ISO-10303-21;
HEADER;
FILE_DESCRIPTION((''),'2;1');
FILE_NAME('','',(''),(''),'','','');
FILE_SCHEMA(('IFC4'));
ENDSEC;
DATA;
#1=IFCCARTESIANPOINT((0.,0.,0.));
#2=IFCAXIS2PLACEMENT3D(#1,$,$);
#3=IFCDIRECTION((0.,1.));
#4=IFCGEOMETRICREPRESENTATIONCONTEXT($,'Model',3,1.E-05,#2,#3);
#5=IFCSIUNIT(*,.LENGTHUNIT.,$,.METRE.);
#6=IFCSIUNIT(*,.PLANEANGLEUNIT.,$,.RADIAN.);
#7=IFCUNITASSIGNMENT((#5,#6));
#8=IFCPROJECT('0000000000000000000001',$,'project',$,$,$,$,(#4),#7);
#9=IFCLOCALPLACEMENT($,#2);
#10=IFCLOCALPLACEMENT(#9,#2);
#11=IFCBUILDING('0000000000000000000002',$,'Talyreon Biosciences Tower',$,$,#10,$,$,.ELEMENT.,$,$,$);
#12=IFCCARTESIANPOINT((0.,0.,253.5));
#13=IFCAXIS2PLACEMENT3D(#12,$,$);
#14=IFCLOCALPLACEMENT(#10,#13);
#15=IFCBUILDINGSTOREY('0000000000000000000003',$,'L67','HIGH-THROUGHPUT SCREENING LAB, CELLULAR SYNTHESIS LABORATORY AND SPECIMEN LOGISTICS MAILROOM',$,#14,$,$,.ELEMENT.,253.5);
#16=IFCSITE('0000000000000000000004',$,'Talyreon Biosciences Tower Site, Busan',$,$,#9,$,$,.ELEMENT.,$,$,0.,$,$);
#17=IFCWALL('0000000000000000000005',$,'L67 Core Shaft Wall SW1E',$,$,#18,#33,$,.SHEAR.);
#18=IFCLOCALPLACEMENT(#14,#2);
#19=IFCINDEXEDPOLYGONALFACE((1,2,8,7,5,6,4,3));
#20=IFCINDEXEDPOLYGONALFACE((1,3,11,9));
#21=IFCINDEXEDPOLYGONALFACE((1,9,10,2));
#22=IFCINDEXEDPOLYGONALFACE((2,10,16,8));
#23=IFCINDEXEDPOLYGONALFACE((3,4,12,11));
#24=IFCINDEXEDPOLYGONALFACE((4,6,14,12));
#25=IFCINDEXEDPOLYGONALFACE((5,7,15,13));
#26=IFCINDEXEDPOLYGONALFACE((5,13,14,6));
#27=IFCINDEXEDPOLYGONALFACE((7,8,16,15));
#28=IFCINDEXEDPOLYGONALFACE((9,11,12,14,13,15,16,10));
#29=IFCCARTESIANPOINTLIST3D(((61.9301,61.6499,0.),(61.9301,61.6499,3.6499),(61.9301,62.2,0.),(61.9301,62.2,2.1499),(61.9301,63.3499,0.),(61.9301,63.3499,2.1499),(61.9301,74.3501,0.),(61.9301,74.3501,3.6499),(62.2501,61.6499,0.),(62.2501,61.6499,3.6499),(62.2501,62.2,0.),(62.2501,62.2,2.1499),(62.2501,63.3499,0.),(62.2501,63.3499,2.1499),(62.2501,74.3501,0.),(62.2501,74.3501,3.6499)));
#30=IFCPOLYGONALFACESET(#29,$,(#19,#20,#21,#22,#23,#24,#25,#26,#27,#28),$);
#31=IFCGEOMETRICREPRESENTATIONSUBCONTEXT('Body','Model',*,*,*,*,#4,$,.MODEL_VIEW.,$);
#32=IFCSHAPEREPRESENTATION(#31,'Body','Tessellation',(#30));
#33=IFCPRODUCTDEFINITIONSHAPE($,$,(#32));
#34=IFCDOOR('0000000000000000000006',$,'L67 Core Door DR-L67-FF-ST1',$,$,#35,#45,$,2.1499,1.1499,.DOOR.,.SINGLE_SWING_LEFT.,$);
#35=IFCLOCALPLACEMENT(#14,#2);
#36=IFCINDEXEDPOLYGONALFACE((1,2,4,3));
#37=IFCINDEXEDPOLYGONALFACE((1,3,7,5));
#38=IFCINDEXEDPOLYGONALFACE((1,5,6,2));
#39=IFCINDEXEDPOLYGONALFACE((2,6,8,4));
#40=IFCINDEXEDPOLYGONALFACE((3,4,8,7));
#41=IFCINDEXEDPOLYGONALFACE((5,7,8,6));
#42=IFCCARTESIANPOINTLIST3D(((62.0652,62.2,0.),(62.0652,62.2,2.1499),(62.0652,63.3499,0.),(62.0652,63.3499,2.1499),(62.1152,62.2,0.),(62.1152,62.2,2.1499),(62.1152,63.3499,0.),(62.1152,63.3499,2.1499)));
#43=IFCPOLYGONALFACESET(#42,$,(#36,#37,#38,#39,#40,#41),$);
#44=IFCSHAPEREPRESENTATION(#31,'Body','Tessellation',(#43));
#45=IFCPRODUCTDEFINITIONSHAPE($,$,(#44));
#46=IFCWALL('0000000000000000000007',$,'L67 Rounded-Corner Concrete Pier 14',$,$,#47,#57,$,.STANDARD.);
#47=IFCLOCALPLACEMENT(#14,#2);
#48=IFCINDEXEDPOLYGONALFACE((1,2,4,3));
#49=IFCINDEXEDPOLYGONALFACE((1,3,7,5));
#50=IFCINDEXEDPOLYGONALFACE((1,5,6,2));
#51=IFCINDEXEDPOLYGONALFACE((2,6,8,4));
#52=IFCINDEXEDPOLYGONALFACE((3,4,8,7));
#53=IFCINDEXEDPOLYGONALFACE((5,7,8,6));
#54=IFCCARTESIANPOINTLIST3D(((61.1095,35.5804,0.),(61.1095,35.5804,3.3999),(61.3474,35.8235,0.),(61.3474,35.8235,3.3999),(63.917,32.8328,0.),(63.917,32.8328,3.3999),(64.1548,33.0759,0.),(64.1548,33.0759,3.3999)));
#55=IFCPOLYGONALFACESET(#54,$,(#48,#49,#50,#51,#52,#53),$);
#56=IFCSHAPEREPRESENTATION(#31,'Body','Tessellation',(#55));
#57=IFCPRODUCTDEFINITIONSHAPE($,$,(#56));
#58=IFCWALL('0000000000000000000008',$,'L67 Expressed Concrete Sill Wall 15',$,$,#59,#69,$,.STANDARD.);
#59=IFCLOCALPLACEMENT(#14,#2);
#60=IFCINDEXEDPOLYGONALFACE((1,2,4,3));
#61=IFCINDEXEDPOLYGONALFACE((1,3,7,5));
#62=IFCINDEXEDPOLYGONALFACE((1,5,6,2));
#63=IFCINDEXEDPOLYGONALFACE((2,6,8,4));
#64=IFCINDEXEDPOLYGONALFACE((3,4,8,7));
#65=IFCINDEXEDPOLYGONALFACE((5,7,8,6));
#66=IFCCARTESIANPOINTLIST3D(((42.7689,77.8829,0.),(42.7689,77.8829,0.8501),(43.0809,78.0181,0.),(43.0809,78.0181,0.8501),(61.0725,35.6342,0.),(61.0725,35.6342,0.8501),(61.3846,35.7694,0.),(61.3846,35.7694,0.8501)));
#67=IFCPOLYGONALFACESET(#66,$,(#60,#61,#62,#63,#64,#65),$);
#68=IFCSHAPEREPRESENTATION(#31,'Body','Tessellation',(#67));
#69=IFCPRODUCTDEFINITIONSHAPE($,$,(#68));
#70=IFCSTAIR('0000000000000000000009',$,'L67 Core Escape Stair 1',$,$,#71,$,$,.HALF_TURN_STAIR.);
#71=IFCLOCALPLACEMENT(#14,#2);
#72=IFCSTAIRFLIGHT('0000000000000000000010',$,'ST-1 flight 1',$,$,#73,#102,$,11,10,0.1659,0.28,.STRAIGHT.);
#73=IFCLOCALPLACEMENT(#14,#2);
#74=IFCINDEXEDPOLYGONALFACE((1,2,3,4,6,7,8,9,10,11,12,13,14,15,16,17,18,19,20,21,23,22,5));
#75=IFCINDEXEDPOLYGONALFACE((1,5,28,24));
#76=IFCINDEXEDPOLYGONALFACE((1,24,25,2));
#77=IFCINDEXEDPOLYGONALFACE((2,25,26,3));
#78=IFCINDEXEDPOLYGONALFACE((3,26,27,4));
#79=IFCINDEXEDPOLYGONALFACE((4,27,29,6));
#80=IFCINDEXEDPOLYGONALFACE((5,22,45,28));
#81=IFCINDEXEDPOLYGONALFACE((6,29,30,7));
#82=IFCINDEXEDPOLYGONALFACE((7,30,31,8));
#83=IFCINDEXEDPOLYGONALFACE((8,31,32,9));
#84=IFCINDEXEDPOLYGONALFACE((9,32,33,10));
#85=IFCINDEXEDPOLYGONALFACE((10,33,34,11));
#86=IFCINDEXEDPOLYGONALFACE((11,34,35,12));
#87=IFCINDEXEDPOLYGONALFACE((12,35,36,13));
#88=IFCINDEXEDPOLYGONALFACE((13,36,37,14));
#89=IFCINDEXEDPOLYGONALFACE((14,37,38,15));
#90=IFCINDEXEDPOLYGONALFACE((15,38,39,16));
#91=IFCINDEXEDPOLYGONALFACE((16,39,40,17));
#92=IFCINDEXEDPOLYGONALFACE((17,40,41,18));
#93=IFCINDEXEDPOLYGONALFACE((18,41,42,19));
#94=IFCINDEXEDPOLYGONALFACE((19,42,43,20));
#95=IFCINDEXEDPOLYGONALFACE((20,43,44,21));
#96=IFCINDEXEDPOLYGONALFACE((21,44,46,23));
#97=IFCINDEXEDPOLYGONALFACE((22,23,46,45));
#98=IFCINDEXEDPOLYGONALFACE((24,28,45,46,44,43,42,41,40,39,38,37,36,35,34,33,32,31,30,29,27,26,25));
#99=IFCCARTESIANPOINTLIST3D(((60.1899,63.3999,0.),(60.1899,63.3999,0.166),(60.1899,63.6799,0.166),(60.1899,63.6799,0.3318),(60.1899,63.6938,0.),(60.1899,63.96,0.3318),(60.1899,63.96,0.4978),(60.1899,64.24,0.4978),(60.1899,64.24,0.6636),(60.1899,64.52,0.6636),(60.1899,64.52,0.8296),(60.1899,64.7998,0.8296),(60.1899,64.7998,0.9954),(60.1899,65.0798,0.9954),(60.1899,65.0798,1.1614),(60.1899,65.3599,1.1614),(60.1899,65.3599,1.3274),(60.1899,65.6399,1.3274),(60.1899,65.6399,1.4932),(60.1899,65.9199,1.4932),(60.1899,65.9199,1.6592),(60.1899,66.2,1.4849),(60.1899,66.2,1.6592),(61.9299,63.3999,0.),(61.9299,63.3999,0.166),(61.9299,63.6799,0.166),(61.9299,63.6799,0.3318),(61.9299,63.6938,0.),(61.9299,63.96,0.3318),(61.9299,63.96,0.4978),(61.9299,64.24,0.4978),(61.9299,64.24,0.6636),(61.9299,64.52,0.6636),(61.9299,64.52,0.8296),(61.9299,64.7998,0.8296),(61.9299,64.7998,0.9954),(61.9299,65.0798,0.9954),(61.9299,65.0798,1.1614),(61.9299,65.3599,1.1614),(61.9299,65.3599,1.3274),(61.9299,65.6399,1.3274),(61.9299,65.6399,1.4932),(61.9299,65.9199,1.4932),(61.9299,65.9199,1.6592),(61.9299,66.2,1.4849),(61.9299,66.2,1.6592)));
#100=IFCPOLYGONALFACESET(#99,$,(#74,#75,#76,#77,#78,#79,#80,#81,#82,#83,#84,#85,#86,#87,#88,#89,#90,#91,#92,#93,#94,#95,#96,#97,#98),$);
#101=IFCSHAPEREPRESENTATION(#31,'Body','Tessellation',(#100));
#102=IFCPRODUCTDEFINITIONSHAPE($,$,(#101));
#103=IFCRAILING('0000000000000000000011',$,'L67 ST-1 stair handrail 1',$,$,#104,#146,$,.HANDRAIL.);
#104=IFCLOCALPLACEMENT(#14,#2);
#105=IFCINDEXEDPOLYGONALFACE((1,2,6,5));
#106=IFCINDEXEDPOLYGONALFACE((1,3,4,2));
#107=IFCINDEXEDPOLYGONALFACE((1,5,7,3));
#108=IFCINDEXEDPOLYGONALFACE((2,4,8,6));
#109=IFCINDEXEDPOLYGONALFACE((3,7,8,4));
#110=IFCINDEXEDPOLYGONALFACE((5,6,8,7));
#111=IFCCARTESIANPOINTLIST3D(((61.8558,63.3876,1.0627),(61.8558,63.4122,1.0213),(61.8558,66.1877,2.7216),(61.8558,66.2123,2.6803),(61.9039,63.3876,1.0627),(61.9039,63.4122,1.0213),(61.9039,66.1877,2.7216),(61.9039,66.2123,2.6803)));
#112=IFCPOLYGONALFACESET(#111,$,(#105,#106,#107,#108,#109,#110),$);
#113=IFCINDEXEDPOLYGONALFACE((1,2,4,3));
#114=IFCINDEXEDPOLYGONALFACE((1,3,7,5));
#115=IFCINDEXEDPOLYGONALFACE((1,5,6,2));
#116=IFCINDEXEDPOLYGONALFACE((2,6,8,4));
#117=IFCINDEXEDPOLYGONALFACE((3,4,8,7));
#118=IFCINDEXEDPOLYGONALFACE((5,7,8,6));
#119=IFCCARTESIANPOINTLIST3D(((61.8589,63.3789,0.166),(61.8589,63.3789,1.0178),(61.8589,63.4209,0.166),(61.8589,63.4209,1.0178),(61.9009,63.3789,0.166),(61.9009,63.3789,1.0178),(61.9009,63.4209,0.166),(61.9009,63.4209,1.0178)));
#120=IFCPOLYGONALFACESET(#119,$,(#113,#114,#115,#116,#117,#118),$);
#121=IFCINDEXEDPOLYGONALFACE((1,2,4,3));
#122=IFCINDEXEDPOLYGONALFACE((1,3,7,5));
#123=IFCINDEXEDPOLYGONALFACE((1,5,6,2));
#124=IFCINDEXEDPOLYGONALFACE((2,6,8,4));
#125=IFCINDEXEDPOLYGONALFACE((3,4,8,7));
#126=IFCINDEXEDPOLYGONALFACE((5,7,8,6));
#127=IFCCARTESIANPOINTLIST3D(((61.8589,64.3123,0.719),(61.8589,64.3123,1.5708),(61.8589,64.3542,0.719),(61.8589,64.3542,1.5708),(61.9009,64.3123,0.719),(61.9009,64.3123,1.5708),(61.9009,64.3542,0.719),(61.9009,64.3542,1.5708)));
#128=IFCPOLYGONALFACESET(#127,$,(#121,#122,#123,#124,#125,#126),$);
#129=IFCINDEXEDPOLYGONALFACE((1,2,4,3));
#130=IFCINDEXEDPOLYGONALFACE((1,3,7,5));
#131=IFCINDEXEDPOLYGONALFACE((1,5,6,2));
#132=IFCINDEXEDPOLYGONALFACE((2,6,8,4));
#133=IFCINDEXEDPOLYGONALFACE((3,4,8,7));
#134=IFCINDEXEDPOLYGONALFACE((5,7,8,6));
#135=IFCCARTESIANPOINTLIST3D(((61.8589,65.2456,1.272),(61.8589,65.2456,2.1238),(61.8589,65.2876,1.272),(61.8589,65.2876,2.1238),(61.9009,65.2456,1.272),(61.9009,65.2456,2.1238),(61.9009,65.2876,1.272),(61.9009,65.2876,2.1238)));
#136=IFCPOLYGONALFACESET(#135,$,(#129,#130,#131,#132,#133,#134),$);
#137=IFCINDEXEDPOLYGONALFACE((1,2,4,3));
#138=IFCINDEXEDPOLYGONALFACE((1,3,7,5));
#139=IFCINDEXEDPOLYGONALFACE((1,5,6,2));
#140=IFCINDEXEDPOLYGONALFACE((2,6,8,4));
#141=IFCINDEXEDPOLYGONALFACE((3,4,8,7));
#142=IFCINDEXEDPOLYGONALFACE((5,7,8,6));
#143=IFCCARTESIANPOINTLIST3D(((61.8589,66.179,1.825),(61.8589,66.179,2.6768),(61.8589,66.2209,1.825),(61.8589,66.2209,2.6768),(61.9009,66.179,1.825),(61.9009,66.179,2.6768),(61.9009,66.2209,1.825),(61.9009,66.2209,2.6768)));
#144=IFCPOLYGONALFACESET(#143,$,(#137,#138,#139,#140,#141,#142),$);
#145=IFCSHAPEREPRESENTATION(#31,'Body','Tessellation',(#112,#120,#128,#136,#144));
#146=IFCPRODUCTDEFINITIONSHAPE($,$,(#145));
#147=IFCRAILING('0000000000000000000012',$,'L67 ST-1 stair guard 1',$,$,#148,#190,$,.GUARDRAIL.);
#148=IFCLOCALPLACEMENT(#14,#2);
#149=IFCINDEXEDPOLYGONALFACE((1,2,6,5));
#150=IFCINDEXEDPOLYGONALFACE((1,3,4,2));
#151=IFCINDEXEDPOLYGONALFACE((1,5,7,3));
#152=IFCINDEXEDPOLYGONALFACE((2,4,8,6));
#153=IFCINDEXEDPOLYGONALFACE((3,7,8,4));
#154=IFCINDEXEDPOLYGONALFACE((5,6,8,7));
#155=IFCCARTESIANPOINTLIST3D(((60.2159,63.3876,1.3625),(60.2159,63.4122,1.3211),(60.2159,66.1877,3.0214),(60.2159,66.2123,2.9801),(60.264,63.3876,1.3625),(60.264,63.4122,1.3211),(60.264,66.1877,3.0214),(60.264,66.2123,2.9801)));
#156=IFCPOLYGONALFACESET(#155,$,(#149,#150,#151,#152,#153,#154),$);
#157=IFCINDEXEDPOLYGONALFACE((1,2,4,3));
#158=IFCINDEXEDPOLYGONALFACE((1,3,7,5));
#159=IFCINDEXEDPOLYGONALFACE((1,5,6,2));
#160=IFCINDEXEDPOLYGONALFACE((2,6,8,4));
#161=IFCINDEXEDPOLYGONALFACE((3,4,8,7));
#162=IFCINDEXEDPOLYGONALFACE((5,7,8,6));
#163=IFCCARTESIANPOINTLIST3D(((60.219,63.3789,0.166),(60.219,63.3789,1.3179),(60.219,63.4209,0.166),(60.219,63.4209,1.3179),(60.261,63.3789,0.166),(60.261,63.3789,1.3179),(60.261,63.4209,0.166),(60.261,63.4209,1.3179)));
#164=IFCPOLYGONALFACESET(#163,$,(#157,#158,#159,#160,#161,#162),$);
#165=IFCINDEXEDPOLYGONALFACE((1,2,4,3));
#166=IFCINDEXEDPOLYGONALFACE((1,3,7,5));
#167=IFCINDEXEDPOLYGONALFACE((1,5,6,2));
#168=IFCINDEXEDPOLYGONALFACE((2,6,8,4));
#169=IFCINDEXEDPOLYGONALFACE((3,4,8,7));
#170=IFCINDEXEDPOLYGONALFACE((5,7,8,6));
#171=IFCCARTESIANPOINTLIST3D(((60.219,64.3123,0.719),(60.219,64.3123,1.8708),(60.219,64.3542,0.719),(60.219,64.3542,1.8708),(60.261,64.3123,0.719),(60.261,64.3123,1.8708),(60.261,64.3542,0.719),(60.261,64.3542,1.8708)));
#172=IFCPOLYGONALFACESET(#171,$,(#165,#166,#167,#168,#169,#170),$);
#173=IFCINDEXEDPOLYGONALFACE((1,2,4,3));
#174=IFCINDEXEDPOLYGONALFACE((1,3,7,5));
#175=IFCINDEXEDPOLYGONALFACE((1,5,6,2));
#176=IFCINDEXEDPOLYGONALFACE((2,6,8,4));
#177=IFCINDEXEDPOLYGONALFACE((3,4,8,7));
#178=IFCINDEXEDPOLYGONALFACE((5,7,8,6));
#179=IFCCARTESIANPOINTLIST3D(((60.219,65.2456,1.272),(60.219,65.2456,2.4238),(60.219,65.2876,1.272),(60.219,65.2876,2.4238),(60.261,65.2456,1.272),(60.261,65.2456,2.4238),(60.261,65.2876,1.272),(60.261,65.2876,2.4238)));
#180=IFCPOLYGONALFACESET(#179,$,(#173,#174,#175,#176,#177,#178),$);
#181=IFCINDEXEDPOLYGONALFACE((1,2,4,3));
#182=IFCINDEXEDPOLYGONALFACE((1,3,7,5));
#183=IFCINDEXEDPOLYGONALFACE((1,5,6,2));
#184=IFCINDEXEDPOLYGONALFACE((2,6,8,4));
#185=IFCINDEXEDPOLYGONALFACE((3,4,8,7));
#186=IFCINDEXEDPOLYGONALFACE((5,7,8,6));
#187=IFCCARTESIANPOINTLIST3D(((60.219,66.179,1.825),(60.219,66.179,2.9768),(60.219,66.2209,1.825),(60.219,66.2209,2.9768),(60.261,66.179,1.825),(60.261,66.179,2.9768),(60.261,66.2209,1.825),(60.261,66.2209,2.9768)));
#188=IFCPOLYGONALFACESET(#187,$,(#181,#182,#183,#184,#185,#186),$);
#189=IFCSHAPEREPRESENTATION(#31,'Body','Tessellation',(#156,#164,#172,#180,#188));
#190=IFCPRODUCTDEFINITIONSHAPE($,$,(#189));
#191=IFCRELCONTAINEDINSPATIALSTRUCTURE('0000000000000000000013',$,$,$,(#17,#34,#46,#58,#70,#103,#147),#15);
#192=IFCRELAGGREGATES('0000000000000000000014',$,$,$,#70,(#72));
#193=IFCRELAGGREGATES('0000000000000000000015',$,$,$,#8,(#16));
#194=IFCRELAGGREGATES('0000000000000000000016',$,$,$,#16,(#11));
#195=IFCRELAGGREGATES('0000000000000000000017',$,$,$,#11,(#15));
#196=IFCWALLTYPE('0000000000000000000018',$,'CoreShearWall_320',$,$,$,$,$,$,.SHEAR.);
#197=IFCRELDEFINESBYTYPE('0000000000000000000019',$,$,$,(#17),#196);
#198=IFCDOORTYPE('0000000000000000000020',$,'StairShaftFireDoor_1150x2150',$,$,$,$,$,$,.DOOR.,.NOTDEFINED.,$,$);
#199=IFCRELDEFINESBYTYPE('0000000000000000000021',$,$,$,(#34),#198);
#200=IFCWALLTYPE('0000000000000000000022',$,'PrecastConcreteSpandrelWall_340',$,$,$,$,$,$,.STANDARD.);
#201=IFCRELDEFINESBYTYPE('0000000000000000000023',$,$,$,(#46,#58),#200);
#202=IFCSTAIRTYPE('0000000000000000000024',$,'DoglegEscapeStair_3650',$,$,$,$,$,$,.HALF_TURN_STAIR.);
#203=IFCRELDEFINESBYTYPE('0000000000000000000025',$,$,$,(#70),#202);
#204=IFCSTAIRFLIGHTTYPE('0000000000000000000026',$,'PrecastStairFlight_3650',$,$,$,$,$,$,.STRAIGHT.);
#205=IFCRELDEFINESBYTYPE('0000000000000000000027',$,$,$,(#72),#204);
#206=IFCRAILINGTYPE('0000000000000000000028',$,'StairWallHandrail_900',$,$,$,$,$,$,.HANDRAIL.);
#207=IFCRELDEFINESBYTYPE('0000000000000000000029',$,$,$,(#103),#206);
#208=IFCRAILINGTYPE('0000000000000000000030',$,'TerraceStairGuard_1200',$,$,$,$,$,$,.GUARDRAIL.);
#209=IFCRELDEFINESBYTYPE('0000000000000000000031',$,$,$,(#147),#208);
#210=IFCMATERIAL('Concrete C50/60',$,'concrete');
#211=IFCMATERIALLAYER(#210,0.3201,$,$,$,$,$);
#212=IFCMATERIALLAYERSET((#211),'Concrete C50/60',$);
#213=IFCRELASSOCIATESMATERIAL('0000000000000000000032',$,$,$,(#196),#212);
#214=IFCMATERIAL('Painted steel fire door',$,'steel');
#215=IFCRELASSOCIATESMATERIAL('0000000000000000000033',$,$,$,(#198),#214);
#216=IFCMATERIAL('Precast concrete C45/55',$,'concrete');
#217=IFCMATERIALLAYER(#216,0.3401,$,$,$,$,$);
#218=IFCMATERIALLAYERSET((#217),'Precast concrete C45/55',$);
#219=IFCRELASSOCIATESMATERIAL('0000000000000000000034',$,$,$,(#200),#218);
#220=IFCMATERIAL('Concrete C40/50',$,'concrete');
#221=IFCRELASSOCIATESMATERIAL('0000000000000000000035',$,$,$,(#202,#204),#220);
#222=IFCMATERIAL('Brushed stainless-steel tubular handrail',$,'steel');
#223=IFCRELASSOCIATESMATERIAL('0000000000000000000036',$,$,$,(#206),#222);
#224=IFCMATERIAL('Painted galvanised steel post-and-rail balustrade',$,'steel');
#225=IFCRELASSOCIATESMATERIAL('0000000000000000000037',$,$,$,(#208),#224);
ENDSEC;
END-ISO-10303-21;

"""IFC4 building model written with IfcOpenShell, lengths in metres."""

from ifc_helpers import new_model, si_unit, direction, frame, frame_2d, origin, origin_2d, place, context, subcontext, project, spatial, polyline, rectangle, outline, extrude, material, layer, layer_set, type_object, element, fill, aggregate, save


model = new_model("IFC4")

# Units and contexts
model_context = context("Model", 3, precision=1e-05, world=origin(), true_north=direction((0.0, 1.0)))
body_context = subcontext(model_context, "Body", "Model", "MODEL_VIEW")
ifc_project = project(units=[si_unit("LENGTHUNIT", "METRE"), si_unit("PLANEANGLEUNIT", "RADIAN")], contexts=[model_context])

# Site, building, storey
site_placement = place(None, origin())
site = spatial("IfcSite", under=ifc_project, at=site_placement, Name="Talyreon Biosciences Tower Site, Busan", CompositionType="ELEMENT", RefElevation=0.0)
building_placement = place(site_placement, origin())
building = spatial("IfcBuilding", under=site, at=building_placement, Name="Talyreon Biosciences Tower", CompositionType="ELEMENT")
storey_placement = place(building_placement, frame((0.0, 0.0, 253.5)))
storey = spatial("IfcBuildingStorey", under=building, at=storey_placement, Name="L67", Description="HIGH-THROUGHPUT SCREENING LAB, CELLULAR SYNTHESIS LABORATORY AND SPECIMEN LOGISTICS MAILROOM", CompositionType="ELEMENT", Elevation=253.5)

# Shared definitions
ifc_material_1 = material(Name="Concrete C50/60", Category="concrete")

# Shared definitions
ifc_material_2 = material(Name="Precast concrete C45/55", Category="concrete")

# Wall, opening, door
ifc_layer_1 = layer(ifc_material_1, 0.3201)
ifc_layer_set_1 = layer_set([ifc_layer_1], Name="Concrete C50/60")
wall_type_1 = type_object("IfcWallType", Name="CoreShearWall_320", PredefinedType="SHEAR", material=ifc_layer_set_1)
wall_1_placement = place(storey_placement, frame((62.0901, 61.6499, 0.0), z_axis=(0.0, 0.0, 1.0), x_axis=(0.0, 1.0, 0.0)))
wall_1 = element("IfcWall", 1, at=wall_1_placement, inside=storey, type_object=wall_type_1, Name="L67 Core Shaft Wall SW1E", PredefinedType="SHEAR", context=body_context, shape_type="SweptSolid", body=[
    extrude(rectangle(XDim=12.7002, YDim=0.3201, at=frame_2d((6.3501, 0.0))), origin(), (0.0, 0.0, 1.0), 3.6499),
])
opening_placement = place(wall_1_placement, frame((0.55, 0.0, 0.0)))
opening = element("IfcOpeningElement", 2, at=opening_placement, cuts=wall_1, PredefinedType="OPENING", context=body_context, shape_type="SweptSolid", body=[
    extrude(rectangle(XDim=1.1499, YDim=2.1499, at=frame_2d((0.575, 1.075))), frame((0.0, 0.1699, 0.0), z_axis=(0.0, -1.0, 0.0), x_axis=(1.0, 0.0, 0.0)), (0.0, 0.0, 1.0), 0.3401),
])
ifc_material_3 = material(Name="Painted steel fire door", Category="steel")
door_type = type_object("IfcDoorType", Name="StairShaftFireDoor_1150x2150", OperationType="NOTDEFINED", PredefinedType="DOOR", material=ifc_material_3)
door_placement = place(opening_placement, origin())
door = element("IfcDoor", 3, at=door_placement, inside=storey, type_object=door_type, Name="L67 Core Door DR-L67-FF-ST1", OperationType="SINGLE_SWING_LEFT", OverallHeight=2.1499, OverallWidth=1.1499, PredefinedType="DOOR", context=body_context, shape_type="SweptSolid", body=[
    extrude(rectangle(XDim=1.1499, YDim=2.1499, at=frame_2d((0.575, 1.075))), frame((0.0, 0.0249, 0.0), z_axis=(0.0, -1.0, 0.0), x_axis=(1.0, 0.0, 0.0)), (0.0, 0.0, 1.0), 0.05),
])
fill(opening, door)

# Walls
ifc_layer_2 = layer(ifc_material_2, 0.3401)
ifc_layer_set_2 = layer_set([ifc_layer_2], Name="Precast concrete C45/55")
wall_type_2 = type_object("IfcWallType", Name="PrecastConcreteSpandrelWall_340", PredefinedType="STANDARD", material=ifc_layer_set_2)
wall_2_placement = place(storey_placement, frame((64.0359, 32.9543, 0.0), z_axis=(0.0, 0.0, 1.0), x_axis=(-0.714679, 0.699452, 0.0)))
element("IfcWall", 4, at=wall_2_placement, inside=storey, type_object=wall_type_2, Name="L67 Rounded-Corner Concrete Pier 14", PredefinedType="STANDARD", context=body_context, shape_type="SweptSolid", body=[
    extrude(rectangle(XDim=3.9282, YDim=0.3401, at=frame_2d((1.9641, 0.0))), origin(), (0.0, 0.0, 1.0), 3.3999),
])
wall_3_placement = place(storey_placement, frame((61.2285, 35.7019, 0.0), z_axis=(0.0, 0.0, 1.0), x_axis=(-0.397533, 0.917588, 0.0)))
element("IfcWall", 5, at=wall_3_placement, inside=storey, type_object=wall_type_2, Name="L67 Expressed Concrete Sill Wall 15", PredefinedType="STANDARD", context=body_context, shape_type="SweptSolid", body=[
    extrude(rectangle(XDim=46.0432, YDim=0.3401, at=frame_2d((23.0215, 0.0))), origin(), (0.0, 0.0, 1.0), 0.8501),
])

# Stair, stair flight
ifc_material_4 = material(Name="Concrete C40/50", Category="concrete")
stair_type = type_object("IfcStairType", Name="DoglegEscapeStair_3650", PredefinedType="HALF_TURN_STAIR", material=ifc_material_4)
stair_placement = place(storey_placement, origin())
stair = element("IfcStair", 6, at=stair_placement, inside=storey, type_object=stair_type, Name="L67 Core Escape Stair 1", PredefinedType="HALF_TURN_STAIR")
stair_flight_type = type_object("IfcStairFlightType", Name="PrecastStairFlight_3650", PredefinedType="STRAIGHT", material=ifc_material_4)
stair_flight_placement = place(storey_placement, frame((61.0601, 63.3999, 0.0), z_axis=(0.0, 0.0, 1.0), x_axis=(0.0, 1.0, 0.0)))
stair_flight = element("IfcStairFlight", 7, at=stair_flight_placement, type_object=stair_flight_type, Name="ST-1 flight 1", NumberOfRisers=11, NumberOfTreads=10, PredefinedType="STRAIGHT", RiserHeight=0.1659, TreadLength=0.28, context=body_context, shape_type="SweptSolid", body=[
    extrude(outline(polyline([(0.0, 0.0), (0.0, 0.166), (0.28, 0.166), (0.28, 0.3318), (0.5601, 0.3318), (0.5601, 0.4978), (0.8401, 0.4978), (0.8401, 0.6636), (1.1201, 0.6636), (1.1201, 0.8296), (1.3999, 0.8296), (1.3999, 0.9954), (1.6799, 0.9954), (1.6799, 1.1614), (1.96, 1.1614), (1.96, 1.3274), (2.24, 1.3274), (2.24, 1.4932), (2.52, 1.4932), (2.52, 1.6592), (2.8, 1.6592), (2.8, 1.825), (2.8, 1.4849), (0.2939, 0.0), (0.0, 0.0)])), frame((0.0, 0.8701, 0.0), z_axis=(0.0, -1.0, 0.0), x_axis=(1.0, 0.0, 0.0)), (0.0, 0.0, 1.0), 1.74),
])
aggregate(stair, [stair_flight])

# Railings
ifc_material_5 = material(Name="Brushed stainless-steel tubular handrail", Category="steel")
railing_type_1 = type_object("IfcRailingType", Name="StairWallHandrail_900", PredefinedType="HANDRAIL", material=ifc_material_5)
railing_1_placement = place(storey_placement, frame((61.8799, 63.3999, 0.166)))
element("IfcRailing", 8, at=railing_1_placement, inside=storey, type_object=railing_type_1, Name="L67 ST-1 stair handrail 1", PredefinedType="HANDRAIL", context=body_context, shape_type="SweptSolid", body=[
    extrude(rectangle(XDim=0.0481, YDim=0.0481, at=origin_2d()), frame((0.0, 0.0, 0.876), z_axis=(0.0, 0.860339, 0.509722), x_axis=(-1.0, 0.0, 0.0)), (0.0, 0.0, 1.0), 3.2546),
    extrude(rectangle(XDim=0.042, YDim=0.042, at=origin_2d()), origin(), (0.0, 0.0, 1.0), 0.8518),
    extrude(rectangle(XDim=0.042, YDim=0.042, at=origin_2d()), frame((0.0, 0.9333, 0.553)), (0.0, 0.0, 1.0), 0.8518),
    extrude(rectangle(XDim=0.042, YDim=0.042, at=origin_2d()), frame((0.0, 1.8667, 1.106)), (0.0, 0.0, 1.0), 0.8518),
    extrude(rectangle(XDim=0.042, YDim=0.042, at=origin_2d()), frame((0.0, 2.8, 1.6589)), (0.0, 0.0, 1.0), 0.8518),
])
ifc_material_6 = material(Name="Painted galvanised steel post-and-rail balustrade", Category="steel")
railing_type_2 = type_object("IfcRailingType", Name="TerraceStairGuard_1200", PredefinedType="GUARDRAIL", material=ifc_material_6)
railing_2_placement = place(storey_placement, frame((60.24, 63.3999, 0.166)))
element("IfcRailing", 9, at=railing_2_placement, inside=storey, type_object=railing_type_2, Name="L67 ST-1 stair guard 1", PredefinedType="GUARDRAIL", context=body_context, shape_type="SweptSolid", body=[
    extrude(rectangle(XDim=0.0481, YDim=0.0481, at=origin_2d()), frame((0.0, 0.0, 1.1758), z_axis=(0.0, 0.860339, 0.509722), x_axis=(-1.0, 0.0, 0.0)), (0.0, 0.0, 1.0), 3.2546),
    extrude(rectangle(XDim=0.042, YDim=0.042, at=origin_2d()), origin(), (0.0, 0.0, 1.0), 1.1519),
    extrude(rectangle(XDim=0.042, YDim=0.042, at=origin_2d()), frame((0.0, 0.9333, 0.553)), (0.0, 0.0, 1.0), 1.1519),
    extrude(rectangle(XDim=0.042, YDim=0.042, at=origin_2d()), frame((0.0, 1.8667, 1.106)), (0.0, 0.0, 1.0), 1.1519),
    extrude(rectangle(XDim=0.042, YDim=0.042, at=origin_2d()), frame((0.0, 2.8, 1.6589)), (0.0, 0.0, 1.0), 1.1519),
])

save(model, "model.ifc")
